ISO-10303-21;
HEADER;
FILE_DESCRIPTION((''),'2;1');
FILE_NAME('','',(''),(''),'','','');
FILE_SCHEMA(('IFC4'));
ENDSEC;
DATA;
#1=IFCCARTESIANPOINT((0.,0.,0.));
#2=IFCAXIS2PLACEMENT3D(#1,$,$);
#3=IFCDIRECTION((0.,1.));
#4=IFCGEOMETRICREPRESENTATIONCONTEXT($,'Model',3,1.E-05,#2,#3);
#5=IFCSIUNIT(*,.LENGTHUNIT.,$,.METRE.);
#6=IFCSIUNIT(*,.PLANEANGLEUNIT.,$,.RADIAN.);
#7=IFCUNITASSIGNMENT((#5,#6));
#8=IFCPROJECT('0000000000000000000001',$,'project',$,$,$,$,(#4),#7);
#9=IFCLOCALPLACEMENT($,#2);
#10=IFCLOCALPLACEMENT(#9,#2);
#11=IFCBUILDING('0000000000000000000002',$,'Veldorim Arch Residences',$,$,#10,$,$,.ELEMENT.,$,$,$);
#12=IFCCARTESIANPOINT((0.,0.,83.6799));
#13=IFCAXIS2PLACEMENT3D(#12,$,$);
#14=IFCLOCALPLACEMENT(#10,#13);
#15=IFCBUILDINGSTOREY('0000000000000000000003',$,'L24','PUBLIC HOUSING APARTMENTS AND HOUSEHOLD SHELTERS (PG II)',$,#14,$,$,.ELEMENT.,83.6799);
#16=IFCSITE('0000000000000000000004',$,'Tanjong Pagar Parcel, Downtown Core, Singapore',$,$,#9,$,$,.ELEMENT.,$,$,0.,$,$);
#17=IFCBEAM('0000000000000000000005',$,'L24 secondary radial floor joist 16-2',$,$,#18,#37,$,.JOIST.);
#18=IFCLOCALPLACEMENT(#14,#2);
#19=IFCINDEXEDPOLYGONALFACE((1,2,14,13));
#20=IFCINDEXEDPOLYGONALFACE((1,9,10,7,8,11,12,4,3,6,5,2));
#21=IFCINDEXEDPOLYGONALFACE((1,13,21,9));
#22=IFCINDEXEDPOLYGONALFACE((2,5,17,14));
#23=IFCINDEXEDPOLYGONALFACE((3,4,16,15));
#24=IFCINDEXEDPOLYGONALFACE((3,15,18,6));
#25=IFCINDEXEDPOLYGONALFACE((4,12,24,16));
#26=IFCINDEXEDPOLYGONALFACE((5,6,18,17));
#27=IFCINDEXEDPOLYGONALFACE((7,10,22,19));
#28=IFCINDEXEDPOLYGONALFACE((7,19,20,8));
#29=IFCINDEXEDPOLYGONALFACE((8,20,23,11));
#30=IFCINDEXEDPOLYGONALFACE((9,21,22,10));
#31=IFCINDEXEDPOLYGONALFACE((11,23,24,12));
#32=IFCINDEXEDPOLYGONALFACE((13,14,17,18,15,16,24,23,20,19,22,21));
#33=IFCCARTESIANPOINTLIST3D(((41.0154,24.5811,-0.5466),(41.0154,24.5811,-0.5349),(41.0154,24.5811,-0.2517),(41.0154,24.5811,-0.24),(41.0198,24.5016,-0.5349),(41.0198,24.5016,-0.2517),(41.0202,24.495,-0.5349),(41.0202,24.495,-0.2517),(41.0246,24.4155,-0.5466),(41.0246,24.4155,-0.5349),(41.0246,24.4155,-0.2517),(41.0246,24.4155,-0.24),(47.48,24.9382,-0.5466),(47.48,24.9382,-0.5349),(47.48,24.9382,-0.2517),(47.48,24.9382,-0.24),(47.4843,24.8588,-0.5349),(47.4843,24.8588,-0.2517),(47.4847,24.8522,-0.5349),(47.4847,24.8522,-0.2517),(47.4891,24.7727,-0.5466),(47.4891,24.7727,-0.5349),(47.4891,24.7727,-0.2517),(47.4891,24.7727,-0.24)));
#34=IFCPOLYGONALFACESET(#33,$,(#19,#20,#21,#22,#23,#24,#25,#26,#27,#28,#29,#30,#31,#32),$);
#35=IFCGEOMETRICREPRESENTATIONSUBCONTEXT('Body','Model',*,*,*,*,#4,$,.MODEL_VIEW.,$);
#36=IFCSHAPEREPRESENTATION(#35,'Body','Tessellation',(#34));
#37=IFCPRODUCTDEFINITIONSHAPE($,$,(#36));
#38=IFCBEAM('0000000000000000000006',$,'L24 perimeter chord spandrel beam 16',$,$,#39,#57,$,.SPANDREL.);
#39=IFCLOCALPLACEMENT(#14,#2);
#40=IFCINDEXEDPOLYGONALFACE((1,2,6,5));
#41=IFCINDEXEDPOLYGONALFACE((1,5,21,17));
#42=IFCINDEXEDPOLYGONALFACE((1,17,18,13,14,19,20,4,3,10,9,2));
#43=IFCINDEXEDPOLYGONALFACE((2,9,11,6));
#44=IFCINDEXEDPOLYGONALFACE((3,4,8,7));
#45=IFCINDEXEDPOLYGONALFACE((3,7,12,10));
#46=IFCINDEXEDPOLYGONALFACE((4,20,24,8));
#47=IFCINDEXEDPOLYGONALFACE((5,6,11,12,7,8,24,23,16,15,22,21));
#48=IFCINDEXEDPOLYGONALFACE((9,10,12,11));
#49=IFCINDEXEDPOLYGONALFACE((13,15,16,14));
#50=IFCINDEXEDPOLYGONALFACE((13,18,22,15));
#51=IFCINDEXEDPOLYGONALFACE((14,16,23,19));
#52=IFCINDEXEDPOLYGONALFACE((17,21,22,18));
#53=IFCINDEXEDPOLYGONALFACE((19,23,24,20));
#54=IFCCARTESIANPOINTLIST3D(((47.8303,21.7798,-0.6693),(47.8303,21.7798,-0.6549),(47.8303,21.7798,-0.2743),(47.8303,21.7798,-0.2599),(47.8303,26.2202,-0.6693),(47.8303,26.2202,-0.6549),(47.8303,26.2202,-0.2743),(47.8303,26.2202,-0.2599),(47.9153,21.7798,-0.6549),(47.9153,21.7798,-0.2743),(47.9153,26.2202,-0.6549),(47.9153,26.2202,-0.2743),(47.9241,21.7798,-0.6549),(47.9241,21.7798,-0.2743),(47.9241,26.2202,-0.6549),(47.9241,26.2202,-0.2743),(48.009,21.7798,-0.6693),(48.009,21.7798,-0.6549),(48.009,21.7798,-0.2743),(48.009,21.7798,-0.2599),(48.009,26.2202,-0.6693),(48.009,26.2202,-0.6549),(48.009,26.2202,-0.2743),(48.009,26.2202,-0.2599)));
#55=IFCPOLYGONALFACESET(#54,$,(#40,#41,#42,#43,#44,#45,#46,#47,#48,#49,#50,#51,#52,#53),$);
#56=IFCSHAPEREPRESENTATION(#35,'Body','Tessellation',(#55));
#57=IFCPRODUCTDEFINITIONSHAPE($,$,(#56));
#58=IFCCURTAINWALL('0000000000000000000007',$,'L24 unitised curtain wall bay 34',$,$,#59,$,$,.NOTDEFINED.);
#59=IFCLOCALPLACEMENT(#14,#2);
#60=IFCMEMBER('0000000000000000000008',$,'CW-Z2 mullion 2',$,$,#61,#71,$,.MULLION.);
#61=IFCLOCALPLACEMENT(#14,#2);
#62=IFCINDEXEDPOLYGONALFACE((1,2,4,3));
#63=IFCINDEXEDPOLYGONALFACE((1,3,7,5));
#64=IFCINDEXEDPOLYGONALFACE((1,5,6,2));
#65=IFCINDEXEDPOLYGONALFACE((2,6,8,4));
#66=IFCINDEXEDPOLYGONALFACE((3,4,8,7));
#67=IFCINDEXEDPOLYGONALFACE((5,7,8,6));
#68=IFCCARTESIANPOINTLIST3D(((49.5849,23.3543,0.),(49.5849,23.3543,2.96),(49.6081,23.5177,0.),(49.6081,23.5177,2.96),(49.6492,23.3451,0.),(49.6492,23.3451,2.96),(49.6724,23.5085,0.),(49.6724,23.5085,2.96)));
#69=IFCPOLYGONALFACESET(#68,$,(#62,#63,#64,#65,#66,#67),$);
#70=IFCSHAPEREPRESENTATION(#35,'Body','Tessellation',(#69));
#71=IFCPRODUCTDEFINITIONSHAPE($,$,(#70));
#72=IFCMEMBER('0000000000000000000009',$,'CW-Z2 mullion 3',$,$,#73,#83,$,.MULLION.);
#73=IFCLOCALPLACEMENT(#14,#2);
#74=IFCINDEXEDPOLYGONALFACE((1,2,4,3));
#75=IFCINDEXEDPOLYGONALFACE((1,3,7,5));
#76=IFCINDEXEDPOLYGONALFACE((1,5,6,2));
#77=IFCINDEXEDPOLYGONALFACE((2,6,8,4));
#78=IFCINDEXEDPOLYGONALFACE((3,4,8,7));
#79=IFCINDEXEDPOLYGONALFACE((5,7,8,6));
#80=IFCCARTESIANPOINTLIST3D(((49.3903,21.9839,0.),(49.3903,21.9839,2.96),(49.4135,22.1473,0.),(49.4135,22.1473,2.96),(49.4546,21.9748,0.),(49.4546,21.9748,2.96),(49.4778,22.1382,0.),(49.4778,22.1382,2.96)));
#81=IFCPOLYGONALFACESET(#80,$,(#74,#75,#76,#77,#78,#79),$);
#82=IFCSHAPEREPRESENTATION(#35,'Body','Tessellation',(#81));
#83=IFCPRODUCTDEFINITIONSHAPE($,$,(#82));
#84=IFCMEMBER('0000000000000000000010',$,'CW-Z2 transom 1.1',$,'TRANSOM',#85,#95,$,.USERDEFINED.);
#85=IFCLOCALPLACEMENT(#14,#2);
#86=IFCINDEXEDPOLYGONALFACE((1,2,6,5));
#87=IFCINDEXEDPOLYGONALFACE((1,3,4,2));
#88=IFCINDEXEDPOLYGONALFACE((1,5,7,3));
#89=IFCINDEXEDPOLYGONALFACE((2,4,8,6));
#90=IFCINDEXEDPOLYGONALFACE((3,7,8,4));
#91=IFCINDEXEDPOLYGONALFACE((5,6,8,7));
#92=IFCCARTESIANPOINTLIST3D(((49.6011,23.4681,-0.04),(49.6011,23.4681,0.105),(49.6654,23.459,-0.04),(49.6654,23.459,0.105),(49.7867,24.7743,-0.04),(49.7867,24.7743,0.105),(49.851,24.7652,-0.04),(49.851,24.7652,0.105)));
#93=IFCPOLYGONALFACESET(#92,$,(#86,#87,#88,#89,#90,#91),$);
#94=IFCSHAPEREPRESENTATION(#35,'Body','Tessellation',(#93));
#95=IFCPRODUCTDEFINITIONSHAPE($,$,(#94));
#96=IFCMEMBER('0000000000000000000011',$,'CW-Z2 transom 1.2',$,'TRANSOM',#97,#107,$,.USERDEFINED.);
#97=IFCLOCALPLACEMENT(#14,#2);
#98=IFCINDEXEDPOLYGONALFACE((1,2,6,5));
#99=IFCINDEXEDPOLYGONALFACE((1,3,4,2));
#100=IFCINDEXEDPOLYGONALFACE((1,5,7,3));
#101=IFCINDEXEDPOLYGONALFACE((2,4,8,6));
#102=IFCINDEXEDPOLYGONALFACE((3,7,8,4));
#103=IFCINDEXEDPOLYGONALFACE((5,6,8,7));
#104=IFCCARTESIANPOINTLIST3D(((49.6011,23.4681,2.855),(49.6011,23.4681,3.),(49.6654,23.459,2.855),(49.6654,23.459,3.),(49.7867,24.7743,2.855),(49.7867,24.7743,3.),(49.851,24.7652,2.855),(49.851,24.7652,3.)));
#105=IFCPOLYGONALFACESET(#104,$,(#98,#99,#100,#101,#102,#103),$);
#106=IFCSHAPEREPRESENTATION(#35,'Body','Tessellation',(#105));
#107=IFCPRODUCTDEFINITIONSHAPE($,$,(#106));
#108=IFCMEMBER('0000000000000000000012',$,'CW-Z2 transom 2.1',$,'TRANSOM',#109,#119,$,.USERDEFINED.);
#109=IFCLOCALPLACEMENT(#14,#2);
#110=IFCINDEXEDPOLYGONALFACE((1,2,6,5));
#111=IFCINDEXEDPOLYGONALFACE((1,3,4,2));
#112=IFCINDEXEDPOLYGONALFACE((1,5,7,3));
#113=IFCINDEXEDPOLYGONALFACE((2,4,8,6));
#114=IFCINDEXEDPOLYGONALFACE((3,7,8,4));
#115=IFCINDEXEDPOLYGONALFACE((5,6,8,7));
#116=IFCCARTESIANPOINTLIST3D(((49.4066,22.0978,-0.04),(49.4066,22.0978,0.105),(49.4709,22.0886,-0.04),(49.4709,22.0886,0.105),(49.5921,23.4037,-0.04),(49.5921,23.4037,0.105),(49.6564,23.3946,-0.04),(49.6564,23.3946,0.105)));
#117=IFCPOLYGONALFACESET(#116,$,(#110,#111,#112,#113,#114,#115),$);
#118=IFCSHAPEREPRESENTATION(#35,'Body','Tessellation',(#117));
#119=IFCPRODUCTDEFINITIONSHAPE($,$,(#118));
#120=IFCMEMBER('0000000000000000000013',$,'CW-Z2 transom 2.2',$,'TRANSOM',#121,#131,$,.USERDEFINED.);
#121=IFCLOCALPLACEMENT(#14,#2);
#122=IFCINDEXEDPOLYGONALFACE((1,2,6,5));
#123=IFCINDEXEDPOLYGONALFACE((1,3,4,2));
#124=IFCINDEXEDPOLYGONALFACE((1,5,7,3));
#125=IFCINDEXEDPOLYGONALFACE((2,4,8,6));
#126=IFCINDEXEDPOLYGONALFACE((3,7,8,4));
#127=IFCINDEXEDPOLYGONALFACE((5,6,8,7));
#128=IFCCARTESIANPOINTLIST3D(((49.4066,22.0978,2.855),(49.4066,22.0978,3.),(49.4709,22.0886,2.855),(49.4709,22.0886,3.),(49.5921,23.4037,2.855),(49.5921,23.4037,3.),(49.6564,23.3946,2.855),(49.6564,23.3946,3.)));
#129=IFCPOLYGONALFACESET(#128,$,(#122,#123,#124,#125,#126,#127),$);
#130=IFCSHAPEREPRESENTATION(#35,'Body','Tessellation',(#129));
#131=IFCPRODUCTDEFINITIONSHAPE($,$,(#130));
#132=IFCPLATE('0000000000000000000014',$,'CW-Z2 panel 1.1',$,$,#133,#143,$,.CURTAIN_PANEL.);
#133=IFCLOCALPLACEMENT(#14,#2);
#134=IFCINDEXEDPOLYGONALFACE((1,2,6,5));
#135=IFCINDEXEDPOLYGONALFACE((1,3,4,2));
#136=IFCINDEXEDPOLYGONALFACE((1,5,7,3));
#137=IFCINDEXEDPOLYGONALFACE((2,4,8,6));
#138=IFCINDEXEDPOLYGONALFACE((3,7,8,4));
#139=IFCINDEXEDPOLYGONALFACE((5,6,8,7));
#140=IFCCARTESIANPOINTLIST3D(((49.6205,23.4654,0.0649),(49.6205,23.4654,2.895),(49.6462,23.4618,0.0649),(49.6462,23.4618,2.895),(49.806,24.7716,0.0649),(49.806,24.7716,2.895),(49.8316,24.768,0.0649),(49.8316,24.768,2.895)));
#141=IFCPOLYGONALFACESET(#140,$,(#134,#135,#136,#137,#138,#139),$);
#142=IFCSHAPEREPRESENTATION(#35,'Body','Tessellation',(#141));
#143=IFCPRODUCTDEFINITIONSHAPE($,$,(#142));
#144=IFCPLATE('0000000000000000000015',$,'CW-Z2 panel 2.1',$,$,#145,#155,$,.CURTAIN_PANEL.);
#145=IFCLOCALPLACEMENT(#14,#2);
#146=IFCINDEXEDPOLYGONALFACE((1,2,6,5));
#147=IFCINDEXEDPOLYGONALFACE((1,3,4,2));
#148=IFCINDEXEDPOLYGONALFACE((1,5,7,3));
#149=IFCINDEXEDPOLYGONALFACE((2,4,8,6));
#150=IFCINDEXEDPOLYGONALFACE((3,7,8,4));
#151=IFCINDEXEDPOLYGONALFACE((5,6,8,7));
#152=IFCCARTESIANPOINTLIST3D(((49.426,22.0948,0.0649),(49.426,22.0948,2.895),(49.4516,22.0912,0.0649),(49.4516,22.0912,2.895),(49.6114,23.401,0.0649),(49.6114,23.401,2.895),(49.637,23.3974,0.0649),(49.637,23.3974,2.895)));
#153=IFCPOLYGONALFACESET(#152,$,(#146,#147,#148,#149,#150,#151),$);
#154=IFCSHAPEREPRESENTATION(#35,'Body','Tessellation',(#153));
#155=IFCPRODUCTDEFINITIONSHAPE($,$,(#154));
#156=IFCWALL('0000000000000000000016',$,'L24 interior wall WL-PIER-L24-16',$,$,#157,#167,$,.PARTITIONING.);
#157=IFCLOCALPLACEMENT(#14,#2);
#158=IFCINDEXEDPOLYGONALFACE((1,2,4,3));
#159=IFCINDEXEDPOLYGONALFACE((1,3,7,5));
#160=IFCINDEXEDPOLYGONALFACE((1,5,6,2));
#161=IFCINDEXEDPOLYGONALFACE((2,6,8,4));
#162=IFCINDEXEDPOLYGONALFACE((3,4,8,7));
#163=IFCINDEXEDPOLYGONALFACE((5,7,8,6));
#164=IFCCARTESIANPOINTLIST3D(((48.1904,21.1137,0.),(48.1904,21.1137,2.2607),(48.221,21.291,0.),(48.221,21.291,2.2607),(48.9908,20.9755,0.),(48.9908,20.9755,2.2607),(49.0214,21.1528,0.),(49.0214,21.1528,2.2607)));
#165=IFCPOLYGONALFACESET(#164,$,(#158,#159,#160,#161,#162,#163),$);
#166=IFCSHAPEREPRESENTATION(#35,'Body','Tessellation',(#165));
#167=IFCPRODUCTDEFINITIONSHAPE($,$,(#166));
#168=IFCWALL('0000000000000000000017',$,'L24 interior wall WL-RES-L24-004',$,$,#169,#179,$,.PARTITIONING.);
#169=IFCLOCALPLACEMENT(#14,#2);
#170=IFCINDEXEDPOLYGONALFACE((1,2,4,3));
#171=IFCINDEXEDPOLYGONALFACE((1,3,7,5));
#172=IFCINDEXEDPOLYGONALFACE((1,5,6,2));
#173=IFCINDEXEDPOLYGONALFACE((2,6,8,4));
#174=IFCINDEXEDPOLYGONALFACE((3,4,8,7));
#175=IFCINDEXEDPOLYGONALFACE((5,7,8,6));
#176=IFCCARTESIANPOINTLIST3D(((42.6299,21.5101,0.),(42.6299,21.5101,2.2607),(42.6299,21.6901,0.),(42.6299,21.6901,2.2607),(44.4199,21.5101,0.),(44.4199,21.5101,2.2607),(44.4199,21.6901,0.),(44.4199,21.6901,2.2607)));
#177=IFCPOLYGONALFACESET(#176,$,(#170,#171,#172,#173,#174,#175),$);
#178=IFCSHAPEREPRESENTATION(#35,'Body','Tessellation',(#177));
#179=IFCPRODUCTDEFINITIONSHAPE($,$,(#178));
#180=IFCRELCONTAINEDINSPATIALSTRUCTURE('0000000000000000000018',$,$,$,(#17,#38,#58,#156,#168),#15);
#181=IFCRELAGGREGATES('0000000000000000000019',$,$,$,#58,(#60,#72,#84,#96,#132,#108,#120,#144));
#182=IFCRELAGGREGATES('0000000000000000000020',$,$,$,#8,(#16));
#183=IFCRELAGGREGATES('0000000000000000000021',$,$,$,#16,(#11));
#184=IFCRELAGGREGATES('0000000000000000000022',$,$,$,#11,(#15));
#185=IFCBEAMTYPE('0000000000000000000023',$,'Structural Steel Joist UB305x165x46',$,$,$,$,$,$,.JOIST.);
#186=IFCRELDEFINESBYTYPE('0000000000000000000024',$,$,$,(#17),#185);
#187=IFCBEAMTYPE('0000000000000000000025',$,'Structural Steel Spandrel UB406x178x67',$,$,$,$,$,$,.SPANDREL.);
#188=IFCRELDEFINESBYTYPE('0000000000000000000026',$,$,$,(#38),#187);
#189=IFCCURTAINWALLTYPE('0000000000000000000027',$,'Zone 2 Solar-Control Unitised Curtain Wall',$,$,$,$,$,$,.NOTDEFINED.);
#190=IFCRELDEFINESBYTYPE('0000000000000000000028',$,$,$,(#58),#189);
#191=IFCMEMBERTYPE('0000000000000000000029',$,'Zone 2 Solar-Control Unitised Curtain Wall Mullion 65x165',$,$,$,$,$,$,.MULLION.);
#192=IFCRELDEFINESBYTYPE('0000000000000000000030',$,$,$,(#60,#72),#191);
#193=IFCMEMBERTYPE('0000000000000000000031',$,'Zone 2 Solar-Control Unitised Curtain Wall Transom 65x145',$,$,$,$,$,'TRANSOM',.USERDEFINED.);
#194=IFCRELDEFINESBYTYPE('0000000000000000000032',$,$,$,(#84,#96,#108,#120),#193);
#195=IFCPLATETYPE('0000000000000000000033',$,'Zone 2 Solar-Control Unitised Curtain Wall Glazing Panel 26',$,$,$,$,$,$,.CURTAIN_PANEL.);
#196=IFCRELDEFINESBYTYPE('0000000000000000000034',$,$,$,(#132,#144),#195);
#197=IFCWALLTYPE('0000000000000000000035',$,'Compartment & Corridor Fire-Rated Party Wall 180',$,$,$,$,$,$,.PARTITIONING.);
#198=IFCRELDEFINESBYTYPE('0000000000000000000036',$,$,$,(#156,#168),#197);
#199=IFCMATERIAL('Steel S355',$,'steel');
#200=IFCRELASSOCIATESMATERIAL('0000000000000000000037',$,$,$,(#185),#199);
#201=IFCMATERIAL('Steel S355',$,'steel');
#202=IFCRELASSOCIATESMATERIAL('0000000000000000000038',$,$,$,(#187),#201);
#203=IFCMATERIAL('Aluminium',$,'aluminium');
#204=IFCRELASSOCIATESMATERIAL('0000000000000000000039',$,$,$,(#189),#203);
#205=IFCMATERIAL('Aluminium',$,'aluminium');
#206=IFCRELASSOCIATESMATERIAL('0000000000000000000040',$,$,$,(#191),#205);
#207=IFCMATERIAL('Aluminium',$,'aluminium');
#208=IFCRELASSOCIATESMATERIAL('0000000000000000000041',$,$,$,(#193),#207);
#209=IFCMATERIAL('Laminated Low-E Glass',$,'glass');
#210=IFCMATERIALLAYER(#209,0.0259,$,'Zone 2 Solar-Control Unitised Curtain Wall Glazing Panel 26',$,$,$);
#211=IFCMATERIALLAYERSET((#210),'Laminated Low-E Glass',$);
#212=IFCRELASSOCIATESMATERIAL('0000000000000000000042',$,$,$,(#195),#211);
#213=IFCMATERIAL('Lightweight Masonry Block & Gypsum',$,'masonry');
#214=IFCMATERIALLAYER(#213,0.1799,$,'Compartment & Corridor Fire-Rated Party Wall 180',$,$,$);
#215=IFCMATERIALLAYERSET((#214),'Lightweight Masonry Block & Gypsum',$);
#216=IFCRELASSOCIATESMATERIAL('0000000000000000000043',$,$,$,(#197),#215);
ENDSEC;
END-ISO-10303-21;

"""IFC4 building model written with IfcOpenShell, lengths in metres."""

from ifc_helpers import new_model, si_unit, direction, frame, frame_2d, origin, origin_2d, place, context, subcontext, project, spatial, rectangle, i_section, extrude, material, layer, layer_set, material_profile, profile_set, type_object, element, aggregate, save


model = new_model("IFC4")

# Units and contexts
model_context = context("Model", 3, precision=1e-05, world=origin(), true_north=direction((0.0, 1.0)))
body_context = subcontext(model_context, "Body", "Model", "MODEL_VIEW")
ifc_project = project(units=[si_unit("LENGTHUNIT", "METRE"), si_unit("PLANEANGLEUNIT", "RADIAN")], contexts=[model_context])

# Site, building, storey
site_placement = place(None, origin())
site = spatial("IfcSite", under=ifc_project, at=site_placement, Name="Tanjong Pagar Parcel, Downtown Core, Singapore", CompositionType="ELEMENT", RefElevation=0.0)
building_placement = place(site_placement, origin())
building = spatial("IfcBuilding", under=site, at=building_placement, Name="Veldorim Arch Residences", CompositionType="ELEMENT")
storey_placement = place(building_placement, frame((0.0, 0.0, 83.6799)))
storey = spatial("IfcBuildingStorey", under=building, at=storey_placement, Name="L24", Description="PUBLIC HOUSING APARTMENTS AND HOUSEHOLD SHELTERS (PG II)", CompositionType="ELEMENT", Elevation=83.6799)

# Beams
ifc_material_1 = material(Name="Steel S355", Category="steel")
ifc_material_profile_1 = material_profile(ifc_material_1, i_section(OverallWidth=0.1658, OverallDepth=0.3066, WebThickness=0.0066, FlangeThickness=0.0117, at=origin_2d()), Name="UB305x165x46")
ifc_profile_set_1 = profile_set([ifc_material_profile_1], Name="Steel S355")
beam_type_1 = type_object("IfcBeamType", Name="Structural Steel Joist UB305x165x46", PredefinedType="JOIST", material=ifc_profile_set_1)
for number, where, z_axis, x_axis, name in (
    (1, (41.02, 24.4983, -0.3933), (0.998477, 0.055167, 0.0), (-0.055167, 0.998477, 0.0), "L24 secondary radial floor joist 16-2"),
):
    element("IfcBeam", number, at=place(storey_placement, frame(where, z_axis=z_axis, x_axis=x_axis)), inside=storey, type_object=beam_type_1, Name=name, PredefinedType="JOIST", context=body_context, shape_type="SweptSolid", body=[
        extrude(i_section(OverallWidth=0.1658, OverallDepth=0.3066, WebThickness=0.0066, FlangeThickness=0.0117, at=origin_2d()), origin(), (0.0, 0.0, 1.0), 6.4744),
    ])
ifc_material_2 = material(Name="Steel S355", Category="steel")
ifc_material_profile_2 = material_profile(ifc_material_2, i_section(OverallWidth=0.1787, OverallDepth=0.4094, WebThickness=0.0088, FlangeThickness=0.0144, at=origin_2d()), Name="UB406x178x67")
ifc_profile_set_2 = profile_set([ifc_material_profile_2], Name="Steel S355")
beam_type_2 = type_object("IfcBeamType", Name="Structural Steel Spandrel UB406x178x67", PredefinedType="SPANDREL", material=ifc_profile_set_2)
beam_1_placement = place(storey_placement, frame((47.9197, 21.7798, -0.4646), z_axis=(0.0, 1.0, 0.0), x_axis=(-1.0, 0.0, 0.0)))
element("IfcBeam", 2, at=beam_1_placement, inside=storey, type_object=beam_type_2, Name="L24 perimeter chord spandrel beam 16", PredefinedType="SPANDREL", context=body_context, shape_type="SweptSolid", body=[
    extrude(i_section(OverallWidth=0.1787, OverallDepth=0.4094, WebThickness=0.0088, FlangeThickness=0.0144, at=origin_2d()), origin(), (0.0, 0.0, 1.0), 4.4404),
])

# Curtain wall, members, plates
ifc_material_3 = material(Name="Aluminium", Category="aluminium")
curtain_wall_type = type_object("IfcCurtainWallType", Name="Zone 2 Solar-Control Unitised Curtain Wall", PredefinedType="NOTDEFINED", material=ifc_material_3)
curtain_wall_placement = place(storey_placement, origin())
curtain_wall = element("IfcCurtainWall", 3, at=curtain_wall_placement, inside=storey, type_object=curtain_wall_type, Name="L24 unitised curtain wall bay 34", PredefinedType="NOTDEFINED")
ifc_material_4 = material(Name="Aluminium", Category="aluminium")
ifc_material_profile_3 = material_profile(ifc_material_4, rectangle(XDim=0.0649, YDim=0.165, at=origin_2d()), Name="ALU_MUL_65x165")
ifc_profile_set_3 = profile_set([ifc_material_profile_3], Name="Aluminium")
member_type_1 = type_object("IfcMemberType", Name="Zone 2 Solar-Control Unitised Curtain Wall Mullion 65x165", PredefinedType="MULLION", material=ifc_profile_set_3)
member_1_placement = place(storey_placement, frame((49.6287, 23.4314, 0.0), z_axis=(0.0, 0.0, 1.0), x_axis=(0.990071, -0.140571, 0.0)))
member_1 = element("IfcMember", 4, at=member_1_placement, type_object=member_type_1, Name="CW-Z2 mullion 2", PredefinedType="MULLION", context=body_context, shape_type="SweptSolid", body=[
    extrude(rectangle(XDim=0.0649, YDim=0.165, at=origin_2d()), origin(), (0.0, 0.0, 1.0), 2.96),
])
member_2_placement = place(storey_placement, frame((49.4341, 22.061, 0.0), z_axis=(0.0, 0.0, 1.0), x_axis=(0.990071, -0.140571, 0.0)))
member_2 = element("IfcMember", 5, at=member_2_placement, type_object=member_type_1, Name="CW-Z2 mullion 3", PredefinedType="MULLION", context=body_context, shape_type="SweptSolid", body=[
    extrude(rectangle(XDim=0.0649, YDim=0.165, at=origin_2d()), origin(), (0.0, 0.0, 1.0), 2.96),
])
ifc_material_5 = material(Name="Aluminium", Category="aluminium")
ifc_material_profile_4 = material_profile(ifc_material_5, rectangle(XDim=0.0649, YDim=0.145, at=origin_2d()), Name="ALU_TRN_65x145")
ifc_profile_set_4 = profile_set([ifc_material_profile_4], Name="Aluminium")
member_type_2 = type_object("IfcMemberType", Name="Zone 2 Solar-Control Unitised Curtain Wall Transom 65x145", ElementType="TRANSOM", PredefinedType="USERDEFINED", material=ifc_profile_set_4)
member_3_placement = place(storey_placement, frame((49.8188, 24.7698, 0.0325), z_axis=(-0.140644, -0.99006, 0.0), x_axis=(0.99006, -0.140644, 0.0)))
member_3 = element("IfcMember", 6, at=member_3_placement, type_object=member_type_2, Name="CW-Z2 transom 1.1", ObjectType="TRANSOM", PredefinedType="USERDEFINED", context=body_context, shape_type="SweptSolid", body=[
    extrude(rectangle(XDim=0.0649, YDim=0.145, at=origin_2d()), origin(), (0.0, 0.0, 1.0), 1.3193),
])
member_4_placement = place(storey_placement, frame((49.8188, 24.7698, 2.9275), z_axis=(-0.140644, -0.99006, 0.0), x_axis=(0.99006, -0.140644, 0.0)))
member_4 = element("IfcMember", 7, at=member_4_placement, type_object=member_type_2, Name="CW-Z2 transom 1.2", ObjectType="TRANSOM", PredefinedType="USERDEFINED", context=body_context, shape_type="SweptSolid", body=[
    extrude(rectangle(XDim=0.0649, YDim=0.145, at=origin_2d()), origin(), (0.0, 0.0, 1.0), 1.3193),
])
member_5_placement = place(storey_placement, frame((49.6243, 23.3992, 0.0325), z_axis=(-0.14067, -0.990057, 0.0), x_axis=(0.990057, -0.14067, 0.0)))
member_5 = element("IfcMember", 8, at=member_5_placement, type_object=member_type_2, Name="CW-Z2 transom 2.1", ObjectType="TRANSOM", PredefinedType="USERDEFINED", context=body_context, shape_type="SweptSolid", body=[
    extrude(rectangle(XDim=0.0649, YDim=0.145, at=origin_2d()), origin(), (0.0, 0.0, 1.0), 1.3191),
])
member_6_placement = place(storey_placement, frame((49.6243, 23.3992, 2.9275), z_axis=(-0.14067, -0.990057, 0.0), x_axis=(0.990057, -0.14067, 0.0)))
member_6 = element("IfcMember", 9, at=member_6_placement, type_object=member_type_2, Name="CW-Z2 transom 2.2", ObjectType="TRANSOM", PredefinedType="USERDEFINED", context=body_context, shape_type="SweptSolid", body=[
    extrude(rectangle(XDim=0.0649, YDim=0.145, at=origin_2d()), origin(), (0.0, 0.0, 1.0), 1.3191),
])
ifc_material_6 = material(Name="Laminated Low-E Glass", Category="glass")
ifc_layer_1 = layer(ifc_material_6, 0.0259, Name="Zone 2 Solar-Control Unitised Curtain Wall Glazing Panel 26")
ifc_layer_set_1 = layer_set([ifc_layer_1], Name="Laminated Low-E Glass")
plate_type = type_object("IfcPlateType", Name="Zone 2 Solar-Control Unitised Curtain Wall Glazing Panel 26", PredefinedType="CURTAIN_PANEL", material=ifc_layer_set_1)
plate_1_placement = place(storey_placement, frame((49.7261, 24.1167, 0.0649), z_axis=(0.0, 0.0, 1.0), x_axis=(-0.140571, -0.990071, 0.0)))
plate_1 = element("IfcPlate", 10, at=plate_1_placement, type_object=plate_type, Name="CW-Z2 panel 1.1", PredefinedType="CURTAIN_PANEL", context=body_context, shape_type="SweptSolid", body=[
    extrude(rectangle(XDim=1.3193, YDim=0.0259, at=origin_2d()), origin(), (0.0, 0.0, 1.0), 2.8301),
])
plate_2_placement = place(storey_placement, frame((49.5315, 22.7461, 0.0649), z_axis=(0.0, 0.0, 1.0), x_axis=(-0.140571, -0.990071, 0.0)))
plate_2 = element("IfcPlate", 11, at=plate_2_placement, type_object=plate_type, Name="CW-Z2 panel 2.1", PredefinedType="CURTAIN_PANEL", context=body_context, shape_type="SweptSolid", body=[
    extrude(rectangle(XDim=1.3193, YDim=0.0259, at=origin_2d()), origin(), (0.0, 0.0, 1.0), 2.8301),
])
aggregate(curtain_wall, [member_1, member_2, member_3, member_4, plate_1, member_5, member_6, plate_2])

# Walls
ifc_material_7 = material(Name="Lightweight Masonry Block & Gypsum", Category="masonry")
ifc_layer_2 = layer(ifc_material_7, 0.1799, Name="Compartment & Corridor Fire-Rated Party Wall 180")
ifc_layer_set_2 = layer_set([ifc_layer_2], Name="Lightweight Masonry Block & Gypsum")
wall_type_1 = type_object("IfcWallType", Name="Compartment & Corridor Fire-Rated Party Wall 180", PredefinedType="PARTITIONING", material=ifc_layer_set_2)
wall_1_placement = place(storey_placement, frame((48.2056, 21.2024, 0.0), z_axis=(0.0, 0.0, 1.0), x_axis=(0.985418, -0.170149, 0.0)))
element("IfcWall", 12, at=wall_1_placement, inside=storey, type_object=wall_type_1, Name="L24 interior wall WL-PIER-L24-16", PredefinedType="PARTITIONING", context=body_context, shape_type="SweptSolid", body=[
    extrude(rectangle(XDim=0.8123, YDim=0.1799, at=frame_2d((0.4062, 0.0))), origin(), (0.0, 0.0, 1.0), 2.2607),
])
wall_2_placement = place(storey_placement, frame((44.4199, 21.6001, 0.0), z_axis=(0.0, 0.0, 1.0), x_axis=(-1.0, 0.0, 0.0)))
element("IfcWall", 13, at=wall_2_placement, inside=storey, type_object=wall_type_1, Name="L24 interior wall WL-RES-L24-004", PredefinedType="PARTITIONING", context=body_context, shape_type="SweptSolid", body=[
    extrude(rectangle(XDim=1.79, YDim=0.1799, at=frame_2d((0.895, 0.0))), origin(), (0.0, 0.0, 1.0), 2.2607),
])

save(model, "model.ifc")
